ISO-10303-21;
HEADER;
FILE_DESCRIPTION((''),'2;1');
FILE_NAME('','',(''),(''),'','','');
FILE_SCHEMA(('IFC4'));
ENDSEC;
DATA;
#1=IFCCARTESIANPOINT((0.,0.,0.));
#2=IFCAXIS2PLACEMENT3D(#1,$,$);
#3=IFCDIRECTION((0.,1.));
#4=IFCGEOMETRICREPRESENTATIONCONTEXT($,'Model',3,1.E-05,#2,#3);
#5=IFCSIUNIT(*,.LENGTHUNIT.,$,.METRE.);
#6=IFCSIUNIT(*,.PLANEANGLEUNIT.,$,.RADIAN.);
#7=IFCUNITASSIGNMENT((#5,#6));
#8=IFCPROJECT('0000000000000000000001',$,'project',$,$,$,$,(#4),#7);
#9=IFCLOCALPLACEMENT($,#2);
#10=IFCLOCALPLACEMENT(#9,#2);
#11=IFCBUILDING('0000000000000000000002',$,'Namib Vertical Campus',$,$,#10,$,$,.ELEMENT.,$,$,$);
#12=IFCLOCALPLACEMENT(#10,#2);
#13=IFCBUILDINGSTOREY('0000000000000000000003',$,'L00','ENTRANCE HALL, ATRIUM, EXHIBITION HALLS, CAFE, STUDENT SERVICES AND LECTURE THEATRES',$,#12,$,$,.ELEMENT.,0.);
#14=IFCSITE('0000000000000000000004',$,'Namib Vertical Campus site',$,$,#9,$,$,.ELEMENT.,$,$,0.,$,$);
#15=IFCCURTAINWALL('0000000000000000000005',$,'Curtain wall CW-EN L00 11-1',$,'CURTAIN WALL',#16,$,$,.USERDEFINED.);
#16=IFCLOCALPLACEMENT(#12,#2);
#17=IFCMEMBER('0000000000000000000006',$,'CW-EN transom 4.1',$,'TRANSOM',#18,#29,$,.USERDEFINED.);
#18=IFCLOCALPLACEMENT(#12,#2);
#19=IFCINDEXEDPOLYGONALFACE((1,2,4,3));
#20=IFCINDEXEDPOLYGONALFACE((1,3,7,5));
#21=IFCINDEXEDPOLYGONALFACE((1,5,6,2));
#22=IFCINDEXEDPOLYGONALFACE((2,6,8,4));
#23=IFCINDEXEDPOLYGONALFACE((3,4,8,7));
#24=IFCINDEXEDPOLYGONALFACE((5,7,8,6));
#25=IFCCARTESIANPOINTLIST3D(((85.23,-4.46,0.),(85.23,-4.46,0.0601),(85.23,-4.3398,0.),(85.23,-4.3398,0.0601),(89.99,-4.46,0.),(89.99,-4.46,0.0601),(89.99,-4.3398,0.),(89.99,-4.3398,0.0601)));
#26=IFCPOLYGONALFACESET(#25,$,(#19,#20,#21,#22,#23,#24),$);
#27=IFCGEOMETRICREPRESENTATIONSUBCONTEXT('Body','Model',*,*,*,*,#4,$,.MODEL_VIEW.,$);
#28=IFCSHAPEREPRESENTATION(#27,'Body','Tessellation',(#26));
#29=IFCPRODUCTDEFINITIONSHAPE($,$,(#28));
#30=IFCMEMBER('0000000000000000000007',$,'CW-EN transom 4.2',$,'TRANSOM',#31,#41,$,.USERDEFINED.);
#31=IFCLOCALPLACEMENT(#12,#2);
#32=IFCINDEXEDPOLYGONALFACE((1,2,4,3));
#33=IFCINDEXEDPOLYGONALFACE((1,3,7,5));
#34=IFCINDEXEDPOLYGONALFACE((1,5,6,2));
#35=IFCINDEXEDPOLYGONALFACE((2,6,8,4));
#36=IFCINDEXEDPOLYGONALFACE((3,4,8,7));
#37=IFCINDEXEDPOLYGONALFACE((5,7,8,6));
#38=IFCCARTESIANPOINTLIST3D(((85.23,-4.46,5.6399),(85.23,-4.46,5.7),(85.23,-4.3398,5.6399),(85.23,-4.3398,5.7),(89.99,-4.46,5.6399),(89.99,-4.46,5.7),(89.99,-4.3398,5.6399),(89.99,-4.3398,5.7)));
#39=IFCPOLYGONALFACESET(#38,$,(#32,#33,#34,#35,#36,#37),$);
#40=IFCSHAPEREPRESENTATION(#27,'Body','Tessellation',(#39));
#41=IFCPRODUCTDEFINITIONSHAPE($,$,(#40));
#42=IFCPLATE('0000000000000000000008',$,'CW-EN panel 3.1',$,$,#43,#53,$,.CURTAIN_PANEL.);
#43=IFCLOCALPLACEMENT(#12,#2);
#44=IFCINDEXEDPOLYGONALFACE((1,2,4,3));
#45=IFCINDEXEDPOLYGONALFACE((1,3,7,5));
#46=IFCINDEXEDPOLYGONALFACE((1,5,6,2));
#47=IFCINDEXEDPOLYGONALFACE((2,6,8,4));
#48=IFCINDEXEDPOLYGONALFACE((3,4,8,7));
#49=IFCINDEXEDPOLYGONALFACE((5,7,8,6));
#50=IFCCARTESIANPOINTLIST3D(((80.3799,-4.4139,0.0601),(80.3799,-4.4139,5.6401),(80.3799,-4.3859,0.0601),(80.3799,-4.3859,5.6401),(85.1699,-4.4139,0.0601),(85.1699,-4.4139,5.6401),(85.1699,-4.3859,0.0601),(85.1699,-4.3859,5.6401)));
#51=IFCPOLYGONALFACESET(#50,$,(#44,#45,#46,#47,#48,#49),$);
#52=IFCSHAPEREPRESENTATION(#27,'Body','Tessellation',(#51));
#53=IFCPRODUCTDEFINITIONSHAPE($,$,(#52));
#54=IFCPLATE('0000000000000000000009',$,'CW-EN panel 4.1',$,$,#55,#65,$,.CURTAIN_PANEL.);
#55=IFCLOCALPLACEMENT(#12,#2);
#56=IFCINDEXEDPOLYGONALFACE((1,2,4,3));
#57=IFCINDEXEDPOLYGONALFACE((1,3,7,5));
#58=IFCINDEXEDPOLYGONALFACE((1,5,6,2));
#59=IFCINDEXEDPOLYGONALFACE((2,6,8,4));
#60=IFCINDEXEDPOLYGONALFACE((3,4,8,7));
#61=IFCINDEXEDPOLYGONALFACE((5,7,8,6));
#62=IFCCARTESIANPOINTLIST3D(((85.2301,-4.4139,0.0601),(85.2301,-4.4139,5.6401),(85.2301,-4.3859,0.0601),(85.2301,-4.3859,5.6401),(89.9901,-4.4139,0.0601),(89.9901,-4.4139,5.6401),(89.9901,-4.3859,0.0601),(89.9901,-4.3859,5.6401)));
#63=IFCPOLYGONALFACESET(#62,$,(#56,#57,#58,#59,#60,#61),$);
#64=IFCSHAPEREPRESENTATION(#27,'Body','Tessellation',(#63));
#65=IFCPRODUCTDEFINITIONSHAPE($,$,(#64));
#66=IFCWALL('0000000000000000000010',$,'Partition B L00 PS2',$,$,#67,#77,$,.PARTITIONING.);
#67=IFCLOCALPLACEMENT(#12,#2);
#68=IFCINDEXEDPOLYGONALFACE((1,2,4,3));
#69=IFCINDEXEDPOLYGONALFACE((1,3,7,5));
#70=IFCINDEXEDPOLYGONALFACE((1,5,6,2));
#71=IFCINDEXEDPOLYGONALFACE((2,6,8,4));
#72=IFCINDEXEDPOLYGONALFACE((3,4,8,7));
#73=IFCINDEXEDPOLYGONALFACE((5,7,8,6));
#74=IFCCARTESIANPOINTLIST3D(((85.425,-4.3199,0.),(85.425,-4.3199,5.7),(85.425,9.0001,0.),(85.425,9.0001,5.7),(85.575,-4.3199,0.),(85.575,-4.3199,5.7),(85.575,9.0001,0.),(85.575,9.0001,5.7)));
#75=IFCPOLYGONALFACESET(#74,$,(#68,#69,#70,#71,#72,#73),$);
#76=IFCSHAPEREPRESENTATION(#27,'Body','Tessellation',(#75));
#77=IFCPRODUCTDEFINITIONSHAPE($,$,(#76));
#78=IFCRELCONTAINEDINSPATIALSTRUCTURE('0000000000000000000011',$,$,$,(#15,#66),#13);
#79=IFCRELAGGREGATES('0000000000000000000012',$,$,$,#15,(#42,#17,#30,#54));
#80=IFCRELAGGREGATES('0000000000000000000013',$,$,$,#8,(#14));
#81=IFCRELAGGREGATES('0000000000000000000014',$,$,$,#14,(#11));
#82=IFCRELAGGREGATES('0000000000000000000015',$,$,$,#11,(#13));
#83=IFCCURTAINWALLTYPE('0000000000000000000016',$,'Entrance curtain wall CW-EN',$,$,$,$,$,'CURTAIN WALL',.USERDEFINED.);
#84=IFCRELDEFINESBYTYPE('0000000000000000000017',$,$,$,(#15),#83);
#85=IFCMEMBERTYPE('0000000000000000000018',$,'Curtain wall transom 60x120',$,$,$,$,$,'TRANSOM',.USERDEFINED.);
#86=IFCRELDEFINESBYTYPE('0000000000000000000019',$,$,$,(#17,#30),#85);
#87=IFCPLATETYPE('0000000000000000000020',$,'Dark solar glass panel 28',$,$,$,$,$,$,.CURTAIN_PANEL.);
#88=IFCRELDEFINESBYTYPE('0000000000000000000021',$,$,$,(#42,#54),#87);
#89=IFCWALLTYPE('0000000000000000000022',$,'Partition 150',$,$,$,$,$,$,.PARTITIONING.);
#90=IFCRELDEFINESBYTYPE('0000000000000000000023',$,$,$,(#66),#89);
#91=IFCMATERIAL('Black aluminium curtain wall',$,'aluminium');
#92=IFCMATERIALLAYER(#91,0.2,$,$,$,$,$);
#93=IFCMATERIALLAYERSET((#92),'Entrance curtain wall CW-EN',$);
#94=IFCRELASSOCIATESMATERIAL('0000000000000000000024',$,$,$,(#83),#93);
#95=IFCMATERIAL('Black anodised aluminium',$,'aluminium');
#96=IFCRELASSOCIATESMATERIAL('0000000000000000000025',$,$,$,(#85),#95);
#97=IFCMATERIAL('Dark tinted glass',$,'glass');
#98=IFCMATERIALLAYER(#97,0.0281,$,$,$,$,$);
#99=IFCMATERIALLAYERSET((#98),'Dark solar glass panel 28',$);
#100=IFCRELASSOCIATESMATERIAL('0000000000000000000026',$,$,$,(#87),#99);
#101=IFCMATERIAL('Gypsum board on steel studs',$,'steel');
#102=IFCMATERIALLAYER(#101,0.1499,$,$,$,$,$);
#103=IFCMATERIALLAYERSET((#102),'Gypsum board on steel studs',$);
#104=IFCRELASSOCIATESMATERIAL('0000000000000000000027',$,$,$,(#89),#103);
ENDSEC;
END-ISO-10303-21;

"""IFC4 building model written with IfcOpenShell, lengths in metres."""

from ifc_helpers import new_model, si_unit, direction, frame, frame_2d, origin, origin_2d, place, context, subcontext, project, spatial, rectangle, extrude, material, layer, layer_set, material_profile, profile_set, type_object, element, aggregate, save


model = new_model("IFC4")

# Units and contexts
model_context = context("Model", 3, precision=1e-05, world=origin(), true_north=direction((0.0, 1.0)))
body_context = subcontext(model_context, "Body", "Model", "MODEL_VIEW")
ifc_project = project(units=[si_unit("LENGTHUNIT", "METRE"), si_unit("PLANEANGLEUNIT", "RADIAN")], contexts=[model_context])

# Site, building, storey
site_placement = place(None, origin())
site = spatial("IfcSite", under=ifc_project, at=site_placement, Name="Namib Vertical Campus site", CompositionType="ELEMENT", RefElevation=0.0)
building_placement = place(site_placement, origin())
building = spatial("IfcBuilding", under=site, at=building_placement, Name="Namib Vertical Campus", CompositionType="ELEMENT")
storey_placement = place(building_placement, origin())
storey = spatial("IfcBuildingStorey", under=building, at=storey_placement, Name="L00", Description="ENTRANCE HALL, ATRIUM, EXHIBITION HALLS, CAFE, STUDENT SERVICES AND LECTURE THEATRES", CompositionType="ELEMENT", Elevation=0.0)

# Curtain wall, members, plates
ifc_material_1 = material(Name="Black aluminium curtain wall", Category="aluminium")
ifc_layer_1 = layer(ifc_material_1, 0.2)
ifc_layer_set_1 = layer_set([ifc_layer_1], Name="Entrance curtain wall CW-EN")
curtain_wall_type = type_object("IfcCurtainWallType", Name="Entrance curtain wall CW-EN", ElementType="CURTAIN WALL", PredefinedType="USERDEFINED", material=ifc_layer_set_1)
curtain_wall_placement = place(storey_placement, origin())
curtain_wall = element("IfcCurtainWall", 1, at=curtain_wall_placement, inside=storey, type_object=curtain_wall_type, Name="Curtain wall CW-EN L00 11-1", ObjectType="CURTAIN WALL", PredefinedType="USERDEFINED")
ifc_material_2 = material(Name="Black anodised aluminium", Category="aluminium")
ifc_material_profile_1 = material_profile(ifc_material_2, rectangle(XDim=0.0601, YDim=0.1201, at=origin_2d()))
ifc_profile_set_1 = profile_set([ifc_material_profile_1], Name="Black anodised aluminium")
member_type_1 = type_object("IfcMemberType", Name="Curtain wall transom 60x120", ElementType="TRANSOM", PredefinedType="USERDEFINED", material=ifc_profile_set_1)
member_1_placement = place(storey_placement, frame((85.23, -4.3999, 0.03), z_axis=(1.0, 0.0, 0.0), x_axis=(0.0, 0.0, 1.0)))
member_1 = element("IfcMember", 2, at=member_1_placement, type_object=member_type_1, Name="CW-EN transom 4.1", ObjectType="TRANSOM", PredefinedType="USERDEFINED", context=body_context, shape_type="SweptSolid", body=[
    extrude(rectangle(XDim=0.0601, YDim=0.1201, at=origin_2d()), origin(), (0.0, 0.0, 1.0), 4.76),
])
member_2_placement = place(storey_placement, frame((85.23, -4.3999, 5.6699), z_axis=(1.0, 0.0, 0.0), x_axis=(0.0, 0.0, 1.0)))
member_2 = element("IfcMember", 3, at=member_2_placement, type_object=member_type_1, Name="CW-EN transom 4.2", ObjectType="TRANSOM", PredefinedType="USERDEFINED", context=body_context, shape_type="SweptSolid", body=[
    extrude(rectangle(XDim=0.0601, YDim=0.1201, at=origin_2d()), origin(), (0.0, 0.0, 1.0), 4.76),
])
ifc_material_3 = material(Name="Dark tinted glass", Category="glass")
ifc_layer_2 = layer(ifc_material_3, 0.0281)
ifc_layer_set_2 = layer_set([ifc_layer_2], Name="Dark solar glass panel 28")
plate_type = type_object("IfcPlateType", Name="Dark solar glass panel 28", PredefinedType="CURTAIN_PANEL", material=ifc_layer_set_2)
plate_1_placement = place(storey_placement, frame((82.7749, -4.3999, 0.0601), z_axis=(0.0, 0.0, 1.0), x_axis=(1.0, 0.0, 0.0)))
plate_1 = element("IfcPlate", 4, at=plate_1_placement, type_object=plate_type, Name="CW-EN panel 3.1", PredefinedType="CURTAIN_PANEL", context=body_context, shape_type="SweptSolid", body=[
    extrude(rectangle(XDim=4.79, YDim=0.0281, at=origin_2d()), origin(), (0.0, 0.0, 1.0), 5.5801),
])
plate_2_placement = place(storey_placement, frame((87.6101, -4.3999, 0.0601), z_axis=(0.0, 0.0, 1.0), x_axis=(1.0, 0.0, 0.0)))
plate_2 = element("IfcPlate", 5, at=plate_2_placement, type_object=plate_type, Name="CW-EN panel 4.1", PredefinedType="CURTAIN_PANEL", context=body_context, shape_type="SweptSolid", body=[
    extrude(rectangle(XDim=4.76, YDim=0.0281, at=origin_2d()), origin(), (0.0, 0.0, 1.0), 5.5801),
])
aggregate(curtain_wall, [plate_1, member_1, member_2, plate_2])

# Wall
ifc_material_4 = material(Name="Gypsum board on steel studs", Category="steel")
ifc_layer_3 = layer(ifc_material_4, 0.1499)
ifc_layer_set_3 = layer_set([ifc_layer_3], Name="Gypsum board on steel studs")
wall_type_1 = type_object("IfcWallType", Name="Partition 150", PredefinedType="PARTITIONING", material=ifc_layer_set_3)
wall_1_placement = place(storey_placement, frame((85.5, -4.3201, 0.0), z_axis=(0.0, 0.0, 1.0), x_axis=(0.0, 1.0, 0.0)))
element("IfcWall", 6, at=wall_1_placement, inside=storey, type_object=wall_type_1, Name="Partition B L00 PS2", PredefinedType="PARTITIONING", context=body_context, shape_type="SweptSolid", body=[
    extrude(rectangle(XDim=13.3201, YDim=0.1499, at=frame_2d((6.6602, 0.0))), origin(), (0.0, 0.0, 1.0), 5.7),
])

save(model, "model.ifc")
